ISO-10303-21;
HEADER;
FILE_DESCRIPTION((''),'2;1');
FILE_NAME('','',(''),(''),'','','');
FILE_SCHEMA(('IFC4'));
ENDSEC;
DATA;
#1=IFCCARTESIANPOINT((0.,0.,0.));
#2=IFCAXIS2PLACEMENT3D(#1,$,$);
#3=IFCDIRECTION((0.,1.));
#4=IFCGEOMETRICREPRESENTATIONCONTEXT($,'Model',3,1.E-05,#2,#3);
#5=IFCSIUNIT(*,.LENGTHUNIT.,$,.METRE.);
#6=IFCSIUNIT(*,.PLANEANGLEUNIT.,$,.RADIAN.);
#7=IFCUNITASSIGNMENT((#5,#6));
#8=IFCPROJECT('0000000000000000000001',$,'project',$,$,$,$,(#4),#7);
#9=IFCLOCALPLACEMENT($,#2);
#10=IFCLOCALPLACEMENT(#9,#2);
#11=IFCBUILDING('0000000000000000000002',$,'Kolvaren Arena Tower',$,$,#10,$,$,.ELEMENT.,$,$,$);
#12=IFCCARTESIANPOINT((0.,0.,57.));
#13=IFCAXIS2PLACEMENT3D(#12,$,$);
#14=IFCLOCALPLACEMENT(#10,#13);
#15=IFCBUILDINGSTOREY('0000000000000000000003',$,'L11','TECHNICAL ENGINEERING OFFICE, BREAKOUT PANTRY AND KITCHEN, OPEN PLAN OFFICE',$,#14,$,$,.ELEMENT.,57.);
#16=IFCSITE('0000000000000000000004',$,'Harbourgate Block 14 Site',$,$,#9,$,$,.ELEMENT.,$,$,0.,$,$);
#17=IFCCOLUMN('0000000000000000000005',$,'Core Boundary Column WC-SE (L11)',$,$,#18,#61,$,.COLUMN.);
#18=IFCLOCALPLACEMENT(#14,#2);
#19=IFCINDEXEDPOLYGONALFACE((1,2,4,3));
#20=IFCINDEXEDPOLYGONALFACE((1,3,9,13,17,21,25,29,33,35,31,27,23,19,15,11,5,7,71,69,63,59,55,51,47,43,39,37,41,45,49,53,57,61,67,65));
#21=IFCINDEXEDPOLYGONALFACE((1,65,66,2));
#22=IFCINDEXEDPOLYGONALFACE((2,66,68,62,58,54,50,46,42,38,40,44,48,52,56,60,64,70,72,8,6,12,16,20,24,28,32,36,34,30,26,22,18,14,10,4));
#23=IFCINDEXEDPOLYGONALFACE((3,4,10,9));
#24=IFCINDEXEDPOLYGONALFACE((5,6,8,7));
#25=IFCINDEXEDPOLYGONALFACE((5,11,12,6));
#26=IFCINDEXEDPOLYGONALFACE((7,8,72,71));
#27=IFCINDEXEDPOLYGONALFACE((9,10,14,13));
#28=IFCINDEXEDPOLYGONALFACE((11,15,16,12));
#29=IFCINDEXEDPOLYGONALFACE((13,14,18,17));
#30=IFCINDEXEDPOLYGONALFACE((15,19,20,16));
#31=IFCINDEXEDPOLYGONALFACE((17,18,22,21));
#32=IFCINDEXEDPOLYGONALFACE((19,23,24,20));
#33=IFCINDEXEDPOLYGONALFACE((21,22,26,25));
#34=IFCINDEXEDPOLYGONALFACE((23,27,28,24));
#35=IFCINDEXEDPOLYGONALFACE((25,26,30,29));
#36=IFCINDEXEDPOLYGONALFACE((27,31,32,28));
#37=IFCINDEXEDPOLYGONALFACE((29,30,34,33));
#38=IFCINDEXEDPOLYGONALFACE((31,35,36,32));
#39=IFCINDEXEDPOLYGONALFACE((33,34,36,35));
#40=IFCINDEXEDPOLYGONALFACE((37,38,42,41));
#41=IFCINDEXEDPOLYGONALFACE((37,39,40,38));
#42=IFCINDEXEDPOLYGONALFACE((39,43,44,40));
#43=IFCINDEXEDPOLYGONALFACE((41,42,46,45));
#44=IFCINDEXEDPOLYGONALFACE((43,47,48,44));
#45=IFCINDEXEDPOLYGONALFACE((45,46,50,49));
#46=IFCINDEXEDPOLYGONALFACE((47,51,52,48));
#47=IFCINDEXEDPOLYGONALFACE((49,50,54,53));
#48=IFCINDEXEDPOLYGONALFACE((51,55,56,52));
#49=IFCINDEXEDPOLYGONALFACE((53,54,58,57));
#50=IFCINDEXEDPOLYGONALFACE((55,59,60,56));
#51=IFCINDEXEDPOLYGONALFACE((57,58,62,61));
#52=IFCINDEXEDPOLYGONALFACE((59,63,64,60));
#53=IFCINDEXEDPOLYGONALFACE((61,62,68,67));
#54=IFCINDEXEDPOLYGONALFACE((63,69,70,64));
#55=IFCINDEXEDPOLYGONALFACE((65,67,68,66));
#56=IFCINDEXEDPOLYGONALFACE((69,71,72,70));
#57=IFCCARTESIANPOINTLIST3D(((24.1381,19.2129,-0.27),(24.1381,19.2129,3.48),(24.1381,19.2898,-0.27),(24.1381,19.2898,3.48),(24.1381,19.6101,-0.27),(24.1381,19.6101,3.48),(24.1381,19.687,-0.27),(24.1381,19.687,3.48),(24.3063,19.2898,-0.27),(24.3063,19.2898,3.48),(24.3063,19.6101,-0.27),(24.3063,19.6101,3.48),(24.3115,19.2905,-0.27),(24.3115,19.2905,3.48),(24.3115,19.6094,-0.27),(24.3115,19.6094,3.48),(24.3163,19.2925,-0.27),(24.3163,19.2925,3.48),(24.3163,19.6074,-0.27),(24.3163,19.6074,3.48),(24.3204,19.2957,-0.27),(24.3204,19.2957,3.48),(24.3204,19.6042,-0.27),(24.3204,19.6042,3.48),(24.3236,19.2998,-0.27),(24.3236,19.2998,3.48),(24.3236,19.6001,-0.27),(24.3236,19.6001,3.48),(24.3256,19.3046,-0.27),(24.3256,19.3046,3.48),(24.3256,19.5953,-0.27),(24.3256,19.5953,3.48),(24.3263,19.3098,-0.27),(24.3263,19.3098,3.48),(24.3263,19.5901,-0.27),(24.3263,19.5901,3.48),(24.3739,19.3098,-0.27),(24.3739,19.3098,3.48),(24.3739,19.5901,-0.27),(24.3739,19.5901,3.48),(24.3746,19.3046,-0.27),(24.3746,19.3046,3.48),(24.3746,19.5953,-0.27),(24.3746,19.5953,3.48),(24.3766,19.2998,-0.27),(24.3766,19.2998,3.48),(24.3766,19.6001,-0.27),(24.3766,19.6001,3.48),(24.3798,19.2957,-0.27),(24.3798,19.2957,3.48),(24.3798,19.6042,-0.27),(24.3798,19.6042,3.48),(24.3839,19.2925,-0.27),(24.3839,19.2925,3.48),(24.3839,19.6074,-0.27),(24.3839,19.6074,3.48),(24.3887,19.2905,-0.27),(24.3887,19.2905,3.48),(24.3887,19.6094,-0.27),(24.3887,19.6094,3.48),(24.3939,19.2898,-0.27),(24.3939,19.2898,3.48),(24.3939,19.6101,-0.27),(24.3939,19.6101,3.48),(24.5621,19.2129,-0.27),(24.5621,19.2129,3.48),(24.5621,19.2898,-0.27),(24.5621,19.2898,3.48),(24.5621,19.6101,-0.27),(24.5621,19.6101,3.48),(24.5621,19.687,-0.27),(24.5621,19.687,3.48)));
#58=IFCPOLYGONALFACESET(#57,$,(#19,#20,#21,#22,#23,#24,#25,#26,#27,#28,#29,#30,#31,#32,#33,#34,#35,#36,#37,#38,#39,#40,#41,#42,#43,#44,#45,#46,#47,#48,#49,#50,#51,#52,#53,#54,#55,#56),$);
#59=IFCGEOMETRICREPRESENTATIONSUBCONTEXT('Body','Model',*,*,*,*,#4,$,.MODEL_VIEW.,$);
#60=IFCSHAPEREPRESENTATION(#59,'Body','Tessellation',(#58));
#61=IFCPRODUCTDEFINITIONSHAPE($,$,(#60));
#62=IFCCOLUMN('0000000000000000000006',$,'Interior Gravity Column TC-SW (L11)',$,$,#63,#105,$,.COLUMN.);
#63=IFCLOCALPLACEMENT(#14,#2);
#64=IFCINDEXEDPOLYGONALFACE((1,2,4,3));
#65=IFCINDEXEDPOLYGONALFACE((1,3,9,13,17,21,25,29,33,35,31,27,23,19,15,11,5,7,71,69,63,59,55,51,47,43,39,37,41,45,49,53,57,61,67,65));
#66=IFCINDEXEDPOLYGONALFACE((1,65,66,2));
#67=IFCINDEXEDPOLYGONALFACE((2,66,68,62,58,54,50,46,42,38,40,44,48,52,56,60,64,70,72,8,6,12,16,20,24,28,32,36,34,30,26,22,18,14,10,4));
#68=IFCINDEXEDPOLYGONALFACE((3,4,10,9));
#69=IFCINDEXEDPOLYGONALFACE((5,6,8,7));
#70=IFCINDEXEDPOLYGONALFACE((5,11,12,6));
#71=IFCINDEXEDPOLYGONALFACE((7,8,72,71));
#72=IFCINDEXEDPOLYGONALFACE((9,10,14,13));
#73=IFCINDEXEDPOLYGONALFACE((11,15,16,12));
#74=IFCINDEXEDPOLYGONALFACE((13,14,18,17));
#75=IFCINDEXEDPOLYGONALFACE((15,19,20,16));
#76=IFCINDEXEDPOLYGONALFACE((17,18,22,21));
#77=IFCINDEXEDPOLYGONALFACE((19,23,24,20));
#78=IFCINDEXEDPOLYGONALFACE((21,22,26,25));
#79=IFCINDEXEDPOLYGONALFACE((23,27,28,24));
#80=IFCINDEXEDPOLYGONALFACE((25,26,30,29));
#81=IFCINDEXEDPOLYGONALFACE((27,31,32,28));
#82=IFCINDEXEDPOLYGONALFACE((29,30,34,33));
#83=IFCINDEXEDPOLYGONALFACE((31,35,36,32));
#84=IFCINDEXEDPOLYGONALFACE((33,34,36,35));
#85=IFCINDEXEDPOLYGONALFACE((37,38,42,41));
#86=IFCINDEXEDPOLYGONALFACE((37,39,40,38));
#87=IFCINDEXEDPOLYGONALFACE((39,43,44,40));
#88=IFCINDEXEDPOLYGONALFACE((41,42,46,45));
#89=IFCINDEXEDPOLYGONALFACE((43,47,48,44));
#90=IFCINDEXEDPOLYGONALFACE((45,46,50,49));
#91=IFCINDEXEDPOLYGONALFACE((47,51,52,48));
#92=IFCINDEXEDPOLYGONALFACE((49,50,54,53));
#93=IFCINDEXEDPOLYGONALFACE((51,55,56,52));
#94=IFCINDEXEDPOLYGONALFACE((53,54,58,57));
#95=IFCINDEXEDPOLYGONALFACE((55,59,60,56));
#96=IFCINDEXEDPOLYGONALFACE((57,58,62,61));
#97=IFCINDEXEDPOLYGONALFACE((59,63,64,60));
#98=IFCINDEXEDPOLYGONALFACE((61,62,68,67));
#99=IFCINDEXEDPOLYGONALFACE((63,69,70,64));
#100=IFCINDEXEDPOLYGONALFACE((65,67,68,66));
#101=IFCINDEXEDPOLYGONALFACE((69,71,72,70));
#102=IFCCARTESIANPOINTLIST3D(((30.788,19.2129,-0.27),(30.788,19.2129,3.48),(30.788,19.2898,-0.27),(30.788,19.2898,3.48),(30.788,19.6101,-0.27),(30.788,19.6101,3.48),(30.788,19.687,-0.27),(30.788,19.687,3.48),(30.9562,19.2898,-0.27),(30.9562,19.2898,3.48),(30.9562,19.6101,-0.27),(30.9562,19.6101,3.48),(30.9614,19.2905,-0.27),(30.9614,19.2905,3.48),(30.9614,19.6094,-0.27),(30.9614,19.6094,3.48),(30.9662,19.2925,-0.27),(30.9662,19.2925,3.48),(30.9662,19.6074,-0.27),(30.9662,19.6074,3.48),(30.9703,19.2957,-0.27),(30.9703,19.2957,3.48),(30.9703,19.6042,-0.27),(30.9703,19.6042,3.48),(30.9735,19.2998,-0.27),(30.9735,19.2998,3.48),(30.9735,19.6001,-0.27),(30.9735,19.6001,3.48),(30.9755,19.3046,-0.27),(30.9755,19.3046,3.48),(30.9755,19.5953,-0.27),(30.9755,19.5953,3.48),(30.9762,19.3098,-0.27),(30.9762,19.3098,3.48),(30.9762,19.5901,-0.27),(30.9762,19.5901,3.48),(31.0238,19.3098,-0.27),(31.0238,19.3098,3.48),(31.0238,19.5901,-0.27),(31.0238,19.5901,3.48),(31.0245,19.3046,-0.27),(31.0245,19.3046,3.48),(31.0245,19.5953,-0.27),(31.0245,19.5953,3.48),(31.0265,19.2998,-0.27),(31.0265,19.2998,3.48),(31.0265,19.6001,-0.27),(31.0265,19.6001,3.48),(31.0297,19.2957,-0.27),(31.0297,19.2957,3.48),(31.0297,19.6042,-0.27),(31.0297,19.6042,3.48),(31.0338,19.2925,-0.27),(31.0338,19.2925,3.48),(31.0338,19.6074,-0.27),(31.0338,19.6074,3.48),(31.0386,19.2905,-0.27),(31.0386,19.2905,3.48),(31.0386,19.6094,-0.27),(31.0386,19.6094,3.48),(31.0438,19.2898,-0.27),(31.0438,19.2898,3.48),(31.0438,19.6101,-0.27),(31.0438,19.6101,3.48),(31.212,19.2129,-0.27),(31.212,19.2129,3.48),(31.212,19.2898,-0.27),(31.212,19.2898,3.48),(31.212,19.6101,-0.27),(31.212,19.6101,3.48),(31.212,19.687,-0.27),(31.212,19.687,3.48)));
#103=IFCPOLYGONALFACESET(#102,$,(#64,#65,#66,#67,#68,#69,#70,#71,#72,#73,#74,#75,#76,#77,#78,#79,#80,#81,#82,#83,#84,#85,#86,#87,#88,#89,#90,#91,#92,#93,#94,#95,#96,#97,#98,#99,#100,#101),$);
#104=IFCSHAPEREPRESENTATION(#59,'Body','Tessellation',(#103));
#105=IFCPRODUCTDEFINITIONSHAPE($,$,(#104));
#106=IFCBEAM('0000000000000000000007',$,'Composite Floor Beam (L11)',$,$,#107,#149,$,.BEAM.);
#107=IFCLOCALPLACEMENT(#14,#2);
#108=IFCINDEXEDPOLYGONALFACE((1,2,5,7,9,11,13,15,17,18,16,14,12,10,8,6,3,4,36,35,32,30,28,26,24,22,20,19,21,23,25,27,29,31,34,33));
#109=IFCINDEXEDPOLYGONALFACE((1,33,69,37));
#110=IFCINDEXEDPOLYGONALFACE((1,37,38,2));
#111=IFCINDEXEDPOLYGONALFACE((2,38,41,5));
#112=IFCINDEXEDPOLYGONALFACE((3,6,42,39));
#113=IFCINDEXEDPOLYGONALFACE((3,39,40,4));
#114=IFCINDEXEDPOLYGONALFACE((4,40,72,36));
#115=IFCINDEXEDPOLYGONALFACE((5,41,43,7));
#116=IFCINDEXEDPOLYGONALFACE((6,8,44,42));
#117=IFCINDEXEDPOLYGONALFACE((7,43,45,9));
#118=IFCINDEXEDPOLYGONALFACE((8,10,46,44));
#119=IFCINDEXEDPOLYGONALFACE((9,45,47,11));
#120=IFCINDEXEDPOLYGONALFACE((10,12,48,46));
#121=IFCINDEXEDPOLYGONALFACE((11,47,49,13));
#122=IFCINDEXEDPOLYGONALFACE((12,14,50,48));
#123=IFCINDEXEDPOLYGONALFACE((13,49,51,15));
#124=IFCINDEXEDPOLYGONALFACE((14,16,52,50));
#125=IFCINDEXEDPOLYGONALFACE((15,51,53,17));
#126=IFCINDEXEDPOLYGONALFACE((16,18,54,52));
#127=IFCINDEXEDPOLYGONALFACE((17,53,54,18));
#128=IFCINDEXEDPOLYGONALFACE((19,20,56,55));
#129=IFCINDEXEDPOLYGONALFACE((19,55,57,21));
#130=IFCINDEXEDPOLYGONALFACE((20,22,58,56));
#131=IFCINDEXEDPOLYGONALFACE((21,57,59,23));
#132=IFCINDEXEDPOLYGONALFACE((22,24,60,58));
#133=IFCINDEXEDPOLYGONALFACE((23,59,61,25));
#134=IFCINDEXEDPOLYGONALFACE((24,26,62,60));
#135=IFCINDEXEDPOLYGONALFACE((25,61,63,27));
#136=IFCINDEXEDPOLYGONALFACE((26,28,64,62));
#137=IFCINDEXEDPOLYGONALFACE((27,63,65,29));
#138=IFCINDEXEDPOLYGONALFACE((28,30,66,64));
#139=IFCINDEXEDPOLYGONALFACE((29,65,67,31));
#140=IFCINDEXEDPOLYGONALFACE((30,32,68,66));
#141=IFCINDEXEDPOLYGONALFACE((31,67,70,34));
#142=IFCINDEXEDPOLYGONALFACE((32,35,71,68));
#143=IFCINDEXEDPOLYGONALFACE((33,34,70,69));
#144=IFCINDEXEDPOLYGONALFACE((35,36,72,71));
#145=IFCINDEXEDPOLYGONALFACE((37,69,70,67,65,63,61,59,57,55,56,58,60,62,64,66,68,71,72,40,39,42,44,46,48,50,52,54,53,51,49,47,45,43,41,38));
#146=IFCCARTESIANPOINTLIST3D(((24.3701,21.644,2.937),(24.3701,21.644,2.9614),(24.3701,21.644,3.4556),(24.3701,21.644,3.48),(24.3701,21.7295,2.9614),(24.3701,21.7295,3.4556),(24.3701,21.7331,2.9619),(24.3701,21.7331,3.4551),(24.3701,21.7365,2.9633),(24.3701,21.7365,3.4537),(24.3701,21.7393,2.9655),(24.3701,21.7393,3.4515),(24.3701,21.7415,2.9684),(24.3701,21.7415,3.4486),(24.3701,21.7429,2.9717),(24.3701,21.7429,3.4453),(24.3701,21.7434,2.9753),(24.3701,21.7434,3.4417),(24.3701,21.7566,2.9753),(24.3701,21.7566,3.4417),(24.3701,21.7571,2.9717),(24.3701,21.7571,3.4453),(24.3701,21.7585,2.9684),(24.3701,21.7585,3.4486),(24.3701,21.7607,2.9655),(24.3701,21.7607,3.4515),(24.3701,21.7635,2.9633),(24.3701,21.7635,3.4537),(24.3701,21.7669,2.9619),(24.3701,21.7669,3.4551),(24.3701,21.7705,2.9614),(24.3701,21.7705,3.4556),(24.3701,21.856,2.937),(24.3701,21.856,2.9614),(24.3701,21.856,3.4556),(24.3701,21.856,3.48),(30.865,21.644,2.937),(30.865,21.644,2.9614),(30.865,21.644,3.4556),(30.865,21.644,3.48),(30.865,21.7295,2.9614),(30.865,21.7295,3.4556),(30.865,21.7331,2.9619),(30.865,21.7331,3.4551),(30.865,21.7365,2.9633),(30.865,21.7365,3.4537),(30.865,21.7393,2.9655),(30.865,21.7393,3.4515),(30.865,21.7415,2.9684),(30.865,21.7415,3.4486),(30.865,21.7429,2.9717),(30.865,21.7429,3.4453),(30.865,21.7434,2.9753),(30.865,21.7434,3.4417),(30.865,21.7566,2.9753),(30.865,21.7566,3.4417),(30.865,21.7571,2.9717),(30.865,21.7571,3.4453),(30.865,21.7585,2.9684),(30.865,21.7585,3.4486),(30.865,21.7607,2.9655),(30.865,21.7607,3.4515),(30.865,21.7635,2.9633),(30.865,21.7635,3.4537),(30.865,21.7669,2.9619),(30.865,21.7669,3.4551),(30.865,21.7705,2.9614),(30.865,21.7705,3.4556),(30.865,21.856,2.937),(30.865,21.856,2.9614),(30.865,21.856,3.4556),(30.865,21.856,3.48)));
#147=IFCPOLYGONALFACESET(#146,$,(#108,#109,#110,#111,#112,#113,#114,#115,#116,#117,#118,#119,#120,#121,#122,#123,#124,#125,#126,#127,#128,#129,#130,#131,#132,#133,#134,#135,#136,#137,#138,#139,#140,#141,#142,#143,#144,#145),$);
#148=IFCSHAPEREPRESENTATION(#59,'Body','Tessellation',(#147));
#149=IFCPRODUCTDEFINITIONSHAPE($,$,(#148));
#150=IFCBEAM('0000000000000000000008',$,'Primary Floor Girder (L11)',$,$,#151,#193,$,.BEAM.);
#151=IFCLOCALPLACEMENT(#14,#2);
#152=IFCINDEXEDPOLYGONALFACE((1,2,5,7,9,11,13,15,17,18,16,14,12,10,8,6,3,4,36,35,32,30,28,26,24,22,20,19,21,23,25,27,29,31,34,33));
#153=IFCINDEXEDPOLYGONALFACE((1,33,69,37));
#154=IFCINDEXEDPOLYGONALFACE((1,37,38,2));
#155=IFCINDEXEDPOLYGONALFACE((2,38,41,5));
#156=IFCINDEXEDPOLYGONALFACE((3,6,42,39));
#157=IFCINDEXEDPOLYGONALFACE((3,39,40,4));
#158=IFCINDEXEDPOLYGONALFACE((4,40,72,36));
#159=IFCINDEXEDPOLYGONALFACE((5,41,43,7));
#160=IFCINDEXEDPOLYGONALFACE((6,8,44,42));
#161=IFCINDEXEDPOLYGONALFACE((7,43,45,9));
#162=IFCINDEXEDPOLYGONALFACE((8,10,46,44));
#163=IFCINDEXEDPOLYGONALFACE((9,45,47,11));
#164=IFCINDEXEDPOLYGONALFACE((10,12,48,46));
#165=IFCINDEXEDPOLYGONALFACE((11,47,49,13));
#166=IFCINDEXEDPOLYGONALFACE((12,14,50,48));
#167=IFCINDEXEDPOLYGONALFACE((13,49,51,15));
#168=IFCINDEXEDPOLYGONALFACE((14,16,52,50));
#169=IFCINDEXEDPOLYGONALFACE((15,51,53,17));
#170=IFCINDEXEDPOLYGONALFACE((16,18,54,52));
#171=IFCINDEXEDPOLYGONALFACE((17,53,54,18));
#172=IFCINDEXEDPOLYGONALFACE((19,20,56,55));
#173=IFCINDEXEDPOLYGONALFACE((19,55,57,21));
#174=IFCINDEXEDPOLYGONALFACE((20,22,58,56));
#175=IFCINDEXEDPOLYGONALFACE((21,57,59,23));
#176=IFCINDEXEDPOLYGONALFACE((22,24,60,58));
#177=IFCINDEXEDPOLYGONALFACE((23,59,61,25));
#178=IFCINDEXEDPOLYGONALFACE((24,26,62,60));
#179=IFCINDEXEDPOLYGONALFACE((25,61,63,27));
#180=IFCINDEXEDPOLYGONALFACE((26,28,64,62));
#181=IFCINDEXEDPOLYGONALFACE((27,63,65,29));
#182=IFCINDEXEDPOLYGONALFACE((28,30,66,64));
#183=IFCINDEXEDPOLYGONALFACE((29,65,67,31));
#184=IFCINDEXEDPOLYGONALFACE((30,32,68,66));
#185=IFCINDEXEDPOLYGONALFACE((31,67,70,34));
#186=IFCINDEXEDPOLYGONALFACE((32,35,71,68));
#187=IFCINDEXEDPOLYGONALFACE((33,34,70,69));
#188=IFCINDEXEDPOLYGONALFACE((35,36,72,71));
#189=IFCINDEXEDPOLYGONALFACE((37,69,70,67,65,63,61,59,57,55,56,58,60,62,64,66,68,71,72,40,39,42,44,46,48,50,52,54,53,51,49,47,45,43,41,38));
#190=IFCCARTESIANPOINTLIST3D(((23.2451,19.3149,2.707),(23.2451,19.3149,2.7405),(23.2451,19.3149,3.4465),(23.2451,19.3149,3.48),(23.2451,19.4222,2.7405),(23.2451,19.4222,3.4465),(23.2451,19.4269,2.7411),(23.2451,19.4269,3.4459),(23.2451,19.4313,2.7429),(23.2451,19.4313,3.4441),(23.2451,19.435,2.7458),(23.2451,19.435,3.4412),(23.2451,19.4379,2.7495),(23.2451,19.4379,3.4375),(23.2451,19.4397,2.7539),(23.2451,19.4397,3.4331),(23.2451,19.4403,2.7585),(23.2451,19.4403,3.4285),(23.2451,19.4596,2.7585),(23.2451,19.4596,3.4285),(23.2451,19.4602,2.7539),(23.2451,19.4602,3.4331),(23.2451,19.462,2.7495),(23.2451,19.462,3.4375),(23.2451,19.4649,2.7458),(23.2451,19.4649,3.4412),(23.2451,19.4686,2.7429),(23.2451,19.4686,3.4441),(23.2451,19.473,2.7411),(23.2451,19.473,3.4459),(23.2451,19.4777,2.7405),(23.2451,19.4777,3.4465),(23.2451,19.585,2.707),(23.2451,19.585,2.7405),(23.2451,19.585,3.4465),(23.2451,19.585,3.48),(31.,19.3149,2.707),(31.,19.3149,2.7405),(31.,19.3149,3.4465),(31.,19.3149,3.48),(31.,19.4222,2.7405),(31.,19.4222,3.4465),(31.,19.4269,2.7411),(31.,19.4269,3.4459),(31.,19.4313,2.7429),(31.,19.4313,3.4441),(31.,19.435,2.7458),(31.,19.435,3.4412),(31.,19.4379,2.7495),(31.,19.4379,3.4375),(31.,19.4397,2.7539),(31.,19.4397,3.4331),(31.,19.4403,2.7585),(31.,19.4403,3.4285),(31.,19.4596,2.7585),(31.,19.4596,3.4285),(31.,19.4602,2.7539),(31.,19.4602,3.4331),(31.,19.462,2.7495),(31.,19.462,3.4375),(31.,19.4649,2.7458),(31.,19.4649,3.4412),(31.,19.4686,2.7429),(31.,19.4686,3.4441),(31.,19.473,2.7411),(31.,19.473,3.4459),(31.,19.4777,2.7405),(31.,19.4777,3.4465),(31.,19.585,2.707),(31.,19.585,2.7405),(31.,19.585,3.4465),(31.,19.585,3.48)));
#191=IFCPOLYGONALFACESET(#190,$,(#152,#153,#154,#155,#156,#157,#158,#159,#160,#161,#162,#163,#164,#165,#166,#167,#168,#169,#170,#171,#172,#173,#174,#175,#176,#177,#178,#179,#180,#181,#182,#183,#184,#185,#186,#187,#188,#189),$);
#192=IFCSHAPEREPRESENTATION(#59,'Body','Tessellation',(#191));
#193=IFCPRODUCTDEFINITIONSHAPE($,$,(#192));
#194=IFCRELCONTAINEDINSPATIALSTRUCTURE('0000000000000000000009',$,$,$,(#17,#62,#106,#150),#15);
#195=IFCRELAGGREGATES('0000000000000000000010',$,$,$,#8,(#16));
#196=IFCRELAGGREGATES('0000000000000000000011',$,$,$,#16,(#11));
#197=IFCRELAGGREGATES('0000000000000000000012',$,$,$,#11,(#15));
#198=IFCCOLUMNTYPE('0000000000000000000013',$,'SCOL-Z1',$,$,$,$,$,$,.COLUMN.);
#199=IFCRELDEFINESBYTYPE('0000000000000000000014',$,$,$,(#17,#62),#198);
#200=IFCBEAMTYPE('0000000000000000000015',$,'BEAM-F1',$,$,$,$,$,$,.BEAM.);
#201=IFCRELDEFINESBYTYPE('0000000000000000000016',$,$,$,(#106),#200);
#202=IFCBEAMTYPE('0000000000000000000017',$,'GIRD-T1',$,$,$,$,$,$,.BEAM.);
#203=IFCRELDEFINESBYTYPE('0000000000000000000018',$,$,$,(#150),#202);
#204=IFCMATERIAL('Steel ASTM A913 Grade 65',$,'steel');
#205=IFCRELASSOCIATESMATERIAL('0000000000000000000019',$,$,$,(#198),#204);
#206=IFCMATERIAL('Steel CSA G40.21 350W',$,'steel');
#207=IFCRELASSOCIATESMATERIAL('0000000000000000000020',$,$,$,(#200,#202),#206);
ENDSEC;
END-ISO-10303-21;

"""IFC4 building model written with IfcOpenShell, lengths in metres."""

from ifc_helpers import new_model, si_unit, direction, frame, origin, origin_2d, place, context, subcontext, project, spatial, i_section, extrude, material, material_profile, profile_set, type_object, element, save


model = new_model("IFC4")

# Units and contexts
model_context = context("Model", 3, precision=1e-05, world=origin(), true_north=direction((0.0, 1.0)))
body_context = subcontext(model_context, "Body", "Model", "MODEL_VIEW")
ifc_project = project(units=[si_unit("LENGTHUNIT", "METRE"), si_unit("PLANEANGLEUNIT", "RADIAN")], contexts=[model_context])

# Site, building, storey
site_placement = place(None, origin())
site = spatial("IfcSite", under=ifc_project, at=site_placement, Name="Harbourgate Block 14 Site", CompositionType="ELEMENT", RefElevation=0.0)
building_placement = place(site_placement, origin())
building = spatial("IfcBuilding", under=site, at=building_placement, Name="Kolvaren Arena Tower", CompositionType="ELEMENT")
storey_placement = place(building_placement, frame((0.0, 0.0, 57.0)))
storey = spatial("IfcBuildingStorey", under=building, at=storey_placement, Name="L11", Description="TECHNICAL ENGINEERING OFFICE, BREAKOUT PANTRY AND KITCHEN, OPEN PLAN OFFICE", CompositionType="ELEMENT", Elevation=57.0)

# Columns
ifc_material_1 = material(Name="Steel ASTM A913 Grade 65", Category="steel")
ifc_material_profile_1 = material_profile(ifc_material_1, i_section(OverallWidth=0.4241, OverallDepth=0.4741, WebThickness=0.0476, FlangeThickness=0.0769, FilletRadius=0.02, at=origin_2d()), Name="W360x634")
ifc_profile_set_1 = profile_set([ifc_material_profile_1], Name="Steel ASTM A913 Grade 65")
column_type = type_object("IfcColumnType", Name="SCOL-Z1", PredefinedType="COLUMN", material=ifc_profile_set_1)
for number, where, z_axis, x_axis, name in (
    (1, (24.3501, 19.45, -0.27), (0.0, 0.0, 1.0), (1.0, 0.0, 0.0), "Core Boundary Column WC-SE (L11)"),
    (2, (31.0, 19.45, -0.27), (0.0, 0.0, 1.0), (1.0, 0.0, 0.0), "Interior Gravity Column TC-SW (L11)"),
):
    element("IfcColumn", number, at=place(storey_placement, frame(where, z_axis=z_axis, x_axis=x_axis)), inside=storey, type_object=column_type, Name=name, PredefinedType="COLUMN", context=body_context, shape_type="SweptSolid", body=[
        extrude(i_section(OverallWidth=0.4241, OverallDepth=0.4741, WebThickness=0.0476, FlangeThickness=0.0769, FilletRadius=0.02, at=origin_2d()), origin(), (0.0, 0.0, 1.0), 3.75),
    ])

# Beams
ifc_material_2 = material(Name="Steel CSA G40.21 350W", Category="steel")
ifc_material_profile_2 = material_profile(ifc_material_2, i_section(OverallWidth=0.2119, OverallDepth=0.543, WebThickness=0.0132, FlangeThickness=0.0244, FilletRadius=0.0139, at=origin_2d()), Name="W530x150")
ifc_profile_set_2 = profile_set([ifc_material_profile_2], Name="Steel CSA G40.21 350W")
beam_type_1 = type_object("IfcBeamType", Name="BEAM-F1", PredefinedType="BEAM", material=ifc_profile_set_2)
beam_1_placement = place(storey_placement, frame((24.3701, 21.75, 3.2085), z_axis=(1.0, 0.0, 0.0), x_axis=(0.0, 1.0, 0.0)))
element("IfcBeam", 3, at=beam_1_placement, inside=storey, type_object=beam_type_1, Name="Composite Floor Beam (L11)", PredefinedType="BEAM", context=body_context, shape_type="SweptSolid", body=[
    extrude(i_section(OverallWidth=0.2119, OverallDepth=0.543, WebThickness=0.0132, FlangeThickness=0.0244, FilletRadius=0.0139, at=origin_2d()), origin(), (0.0, 0.0, 1.0), 6.4949),
])
ifc_material_profile_3 = material_profile(ifc_material_2, i_section(OverallWidth=0.27, OverallDepth=0.7729, WebThickness=0.0193, FlangeThickness=0.0334, FilletRadius=0.0181, at=origin_2d()), Name="W760x257")
ifc_profile_set_3 = profile_set([ifc_material_profile_3], Name="Steel CSA G40.21 350W")
beam_type_2 = type_object("IfcBeamType", Name="GIRD-T1", PredefinedType="BEAM", material=ifc_profile_set_3)
beam_2_placement = place(storey_placement, frame((23.2451, 19.45, 3.0935), z_axis=(1.0, 0.0, 0.0), x_axis=(0.0, 1.0, 0.0)))
element("IfcBeam", 4, at=beam_2_placement, inside=storey, type_object=beam_type_2, Name="Primary Floor Girder (L11)", PredefinedType="BEAM", context=body_context, shape_type="SweptSolid", body=[
    extrude(i_section(OverallWidth=0.27, OverallDepth=0.7729, WebThickness=0.0193, FlangeThickness=0.0334, FilletRadius=0.0181, at=origin_2d()), origin(), (0.0, 0.0, 1.0), 7.7549),
])

save(model, "model.ifc")
